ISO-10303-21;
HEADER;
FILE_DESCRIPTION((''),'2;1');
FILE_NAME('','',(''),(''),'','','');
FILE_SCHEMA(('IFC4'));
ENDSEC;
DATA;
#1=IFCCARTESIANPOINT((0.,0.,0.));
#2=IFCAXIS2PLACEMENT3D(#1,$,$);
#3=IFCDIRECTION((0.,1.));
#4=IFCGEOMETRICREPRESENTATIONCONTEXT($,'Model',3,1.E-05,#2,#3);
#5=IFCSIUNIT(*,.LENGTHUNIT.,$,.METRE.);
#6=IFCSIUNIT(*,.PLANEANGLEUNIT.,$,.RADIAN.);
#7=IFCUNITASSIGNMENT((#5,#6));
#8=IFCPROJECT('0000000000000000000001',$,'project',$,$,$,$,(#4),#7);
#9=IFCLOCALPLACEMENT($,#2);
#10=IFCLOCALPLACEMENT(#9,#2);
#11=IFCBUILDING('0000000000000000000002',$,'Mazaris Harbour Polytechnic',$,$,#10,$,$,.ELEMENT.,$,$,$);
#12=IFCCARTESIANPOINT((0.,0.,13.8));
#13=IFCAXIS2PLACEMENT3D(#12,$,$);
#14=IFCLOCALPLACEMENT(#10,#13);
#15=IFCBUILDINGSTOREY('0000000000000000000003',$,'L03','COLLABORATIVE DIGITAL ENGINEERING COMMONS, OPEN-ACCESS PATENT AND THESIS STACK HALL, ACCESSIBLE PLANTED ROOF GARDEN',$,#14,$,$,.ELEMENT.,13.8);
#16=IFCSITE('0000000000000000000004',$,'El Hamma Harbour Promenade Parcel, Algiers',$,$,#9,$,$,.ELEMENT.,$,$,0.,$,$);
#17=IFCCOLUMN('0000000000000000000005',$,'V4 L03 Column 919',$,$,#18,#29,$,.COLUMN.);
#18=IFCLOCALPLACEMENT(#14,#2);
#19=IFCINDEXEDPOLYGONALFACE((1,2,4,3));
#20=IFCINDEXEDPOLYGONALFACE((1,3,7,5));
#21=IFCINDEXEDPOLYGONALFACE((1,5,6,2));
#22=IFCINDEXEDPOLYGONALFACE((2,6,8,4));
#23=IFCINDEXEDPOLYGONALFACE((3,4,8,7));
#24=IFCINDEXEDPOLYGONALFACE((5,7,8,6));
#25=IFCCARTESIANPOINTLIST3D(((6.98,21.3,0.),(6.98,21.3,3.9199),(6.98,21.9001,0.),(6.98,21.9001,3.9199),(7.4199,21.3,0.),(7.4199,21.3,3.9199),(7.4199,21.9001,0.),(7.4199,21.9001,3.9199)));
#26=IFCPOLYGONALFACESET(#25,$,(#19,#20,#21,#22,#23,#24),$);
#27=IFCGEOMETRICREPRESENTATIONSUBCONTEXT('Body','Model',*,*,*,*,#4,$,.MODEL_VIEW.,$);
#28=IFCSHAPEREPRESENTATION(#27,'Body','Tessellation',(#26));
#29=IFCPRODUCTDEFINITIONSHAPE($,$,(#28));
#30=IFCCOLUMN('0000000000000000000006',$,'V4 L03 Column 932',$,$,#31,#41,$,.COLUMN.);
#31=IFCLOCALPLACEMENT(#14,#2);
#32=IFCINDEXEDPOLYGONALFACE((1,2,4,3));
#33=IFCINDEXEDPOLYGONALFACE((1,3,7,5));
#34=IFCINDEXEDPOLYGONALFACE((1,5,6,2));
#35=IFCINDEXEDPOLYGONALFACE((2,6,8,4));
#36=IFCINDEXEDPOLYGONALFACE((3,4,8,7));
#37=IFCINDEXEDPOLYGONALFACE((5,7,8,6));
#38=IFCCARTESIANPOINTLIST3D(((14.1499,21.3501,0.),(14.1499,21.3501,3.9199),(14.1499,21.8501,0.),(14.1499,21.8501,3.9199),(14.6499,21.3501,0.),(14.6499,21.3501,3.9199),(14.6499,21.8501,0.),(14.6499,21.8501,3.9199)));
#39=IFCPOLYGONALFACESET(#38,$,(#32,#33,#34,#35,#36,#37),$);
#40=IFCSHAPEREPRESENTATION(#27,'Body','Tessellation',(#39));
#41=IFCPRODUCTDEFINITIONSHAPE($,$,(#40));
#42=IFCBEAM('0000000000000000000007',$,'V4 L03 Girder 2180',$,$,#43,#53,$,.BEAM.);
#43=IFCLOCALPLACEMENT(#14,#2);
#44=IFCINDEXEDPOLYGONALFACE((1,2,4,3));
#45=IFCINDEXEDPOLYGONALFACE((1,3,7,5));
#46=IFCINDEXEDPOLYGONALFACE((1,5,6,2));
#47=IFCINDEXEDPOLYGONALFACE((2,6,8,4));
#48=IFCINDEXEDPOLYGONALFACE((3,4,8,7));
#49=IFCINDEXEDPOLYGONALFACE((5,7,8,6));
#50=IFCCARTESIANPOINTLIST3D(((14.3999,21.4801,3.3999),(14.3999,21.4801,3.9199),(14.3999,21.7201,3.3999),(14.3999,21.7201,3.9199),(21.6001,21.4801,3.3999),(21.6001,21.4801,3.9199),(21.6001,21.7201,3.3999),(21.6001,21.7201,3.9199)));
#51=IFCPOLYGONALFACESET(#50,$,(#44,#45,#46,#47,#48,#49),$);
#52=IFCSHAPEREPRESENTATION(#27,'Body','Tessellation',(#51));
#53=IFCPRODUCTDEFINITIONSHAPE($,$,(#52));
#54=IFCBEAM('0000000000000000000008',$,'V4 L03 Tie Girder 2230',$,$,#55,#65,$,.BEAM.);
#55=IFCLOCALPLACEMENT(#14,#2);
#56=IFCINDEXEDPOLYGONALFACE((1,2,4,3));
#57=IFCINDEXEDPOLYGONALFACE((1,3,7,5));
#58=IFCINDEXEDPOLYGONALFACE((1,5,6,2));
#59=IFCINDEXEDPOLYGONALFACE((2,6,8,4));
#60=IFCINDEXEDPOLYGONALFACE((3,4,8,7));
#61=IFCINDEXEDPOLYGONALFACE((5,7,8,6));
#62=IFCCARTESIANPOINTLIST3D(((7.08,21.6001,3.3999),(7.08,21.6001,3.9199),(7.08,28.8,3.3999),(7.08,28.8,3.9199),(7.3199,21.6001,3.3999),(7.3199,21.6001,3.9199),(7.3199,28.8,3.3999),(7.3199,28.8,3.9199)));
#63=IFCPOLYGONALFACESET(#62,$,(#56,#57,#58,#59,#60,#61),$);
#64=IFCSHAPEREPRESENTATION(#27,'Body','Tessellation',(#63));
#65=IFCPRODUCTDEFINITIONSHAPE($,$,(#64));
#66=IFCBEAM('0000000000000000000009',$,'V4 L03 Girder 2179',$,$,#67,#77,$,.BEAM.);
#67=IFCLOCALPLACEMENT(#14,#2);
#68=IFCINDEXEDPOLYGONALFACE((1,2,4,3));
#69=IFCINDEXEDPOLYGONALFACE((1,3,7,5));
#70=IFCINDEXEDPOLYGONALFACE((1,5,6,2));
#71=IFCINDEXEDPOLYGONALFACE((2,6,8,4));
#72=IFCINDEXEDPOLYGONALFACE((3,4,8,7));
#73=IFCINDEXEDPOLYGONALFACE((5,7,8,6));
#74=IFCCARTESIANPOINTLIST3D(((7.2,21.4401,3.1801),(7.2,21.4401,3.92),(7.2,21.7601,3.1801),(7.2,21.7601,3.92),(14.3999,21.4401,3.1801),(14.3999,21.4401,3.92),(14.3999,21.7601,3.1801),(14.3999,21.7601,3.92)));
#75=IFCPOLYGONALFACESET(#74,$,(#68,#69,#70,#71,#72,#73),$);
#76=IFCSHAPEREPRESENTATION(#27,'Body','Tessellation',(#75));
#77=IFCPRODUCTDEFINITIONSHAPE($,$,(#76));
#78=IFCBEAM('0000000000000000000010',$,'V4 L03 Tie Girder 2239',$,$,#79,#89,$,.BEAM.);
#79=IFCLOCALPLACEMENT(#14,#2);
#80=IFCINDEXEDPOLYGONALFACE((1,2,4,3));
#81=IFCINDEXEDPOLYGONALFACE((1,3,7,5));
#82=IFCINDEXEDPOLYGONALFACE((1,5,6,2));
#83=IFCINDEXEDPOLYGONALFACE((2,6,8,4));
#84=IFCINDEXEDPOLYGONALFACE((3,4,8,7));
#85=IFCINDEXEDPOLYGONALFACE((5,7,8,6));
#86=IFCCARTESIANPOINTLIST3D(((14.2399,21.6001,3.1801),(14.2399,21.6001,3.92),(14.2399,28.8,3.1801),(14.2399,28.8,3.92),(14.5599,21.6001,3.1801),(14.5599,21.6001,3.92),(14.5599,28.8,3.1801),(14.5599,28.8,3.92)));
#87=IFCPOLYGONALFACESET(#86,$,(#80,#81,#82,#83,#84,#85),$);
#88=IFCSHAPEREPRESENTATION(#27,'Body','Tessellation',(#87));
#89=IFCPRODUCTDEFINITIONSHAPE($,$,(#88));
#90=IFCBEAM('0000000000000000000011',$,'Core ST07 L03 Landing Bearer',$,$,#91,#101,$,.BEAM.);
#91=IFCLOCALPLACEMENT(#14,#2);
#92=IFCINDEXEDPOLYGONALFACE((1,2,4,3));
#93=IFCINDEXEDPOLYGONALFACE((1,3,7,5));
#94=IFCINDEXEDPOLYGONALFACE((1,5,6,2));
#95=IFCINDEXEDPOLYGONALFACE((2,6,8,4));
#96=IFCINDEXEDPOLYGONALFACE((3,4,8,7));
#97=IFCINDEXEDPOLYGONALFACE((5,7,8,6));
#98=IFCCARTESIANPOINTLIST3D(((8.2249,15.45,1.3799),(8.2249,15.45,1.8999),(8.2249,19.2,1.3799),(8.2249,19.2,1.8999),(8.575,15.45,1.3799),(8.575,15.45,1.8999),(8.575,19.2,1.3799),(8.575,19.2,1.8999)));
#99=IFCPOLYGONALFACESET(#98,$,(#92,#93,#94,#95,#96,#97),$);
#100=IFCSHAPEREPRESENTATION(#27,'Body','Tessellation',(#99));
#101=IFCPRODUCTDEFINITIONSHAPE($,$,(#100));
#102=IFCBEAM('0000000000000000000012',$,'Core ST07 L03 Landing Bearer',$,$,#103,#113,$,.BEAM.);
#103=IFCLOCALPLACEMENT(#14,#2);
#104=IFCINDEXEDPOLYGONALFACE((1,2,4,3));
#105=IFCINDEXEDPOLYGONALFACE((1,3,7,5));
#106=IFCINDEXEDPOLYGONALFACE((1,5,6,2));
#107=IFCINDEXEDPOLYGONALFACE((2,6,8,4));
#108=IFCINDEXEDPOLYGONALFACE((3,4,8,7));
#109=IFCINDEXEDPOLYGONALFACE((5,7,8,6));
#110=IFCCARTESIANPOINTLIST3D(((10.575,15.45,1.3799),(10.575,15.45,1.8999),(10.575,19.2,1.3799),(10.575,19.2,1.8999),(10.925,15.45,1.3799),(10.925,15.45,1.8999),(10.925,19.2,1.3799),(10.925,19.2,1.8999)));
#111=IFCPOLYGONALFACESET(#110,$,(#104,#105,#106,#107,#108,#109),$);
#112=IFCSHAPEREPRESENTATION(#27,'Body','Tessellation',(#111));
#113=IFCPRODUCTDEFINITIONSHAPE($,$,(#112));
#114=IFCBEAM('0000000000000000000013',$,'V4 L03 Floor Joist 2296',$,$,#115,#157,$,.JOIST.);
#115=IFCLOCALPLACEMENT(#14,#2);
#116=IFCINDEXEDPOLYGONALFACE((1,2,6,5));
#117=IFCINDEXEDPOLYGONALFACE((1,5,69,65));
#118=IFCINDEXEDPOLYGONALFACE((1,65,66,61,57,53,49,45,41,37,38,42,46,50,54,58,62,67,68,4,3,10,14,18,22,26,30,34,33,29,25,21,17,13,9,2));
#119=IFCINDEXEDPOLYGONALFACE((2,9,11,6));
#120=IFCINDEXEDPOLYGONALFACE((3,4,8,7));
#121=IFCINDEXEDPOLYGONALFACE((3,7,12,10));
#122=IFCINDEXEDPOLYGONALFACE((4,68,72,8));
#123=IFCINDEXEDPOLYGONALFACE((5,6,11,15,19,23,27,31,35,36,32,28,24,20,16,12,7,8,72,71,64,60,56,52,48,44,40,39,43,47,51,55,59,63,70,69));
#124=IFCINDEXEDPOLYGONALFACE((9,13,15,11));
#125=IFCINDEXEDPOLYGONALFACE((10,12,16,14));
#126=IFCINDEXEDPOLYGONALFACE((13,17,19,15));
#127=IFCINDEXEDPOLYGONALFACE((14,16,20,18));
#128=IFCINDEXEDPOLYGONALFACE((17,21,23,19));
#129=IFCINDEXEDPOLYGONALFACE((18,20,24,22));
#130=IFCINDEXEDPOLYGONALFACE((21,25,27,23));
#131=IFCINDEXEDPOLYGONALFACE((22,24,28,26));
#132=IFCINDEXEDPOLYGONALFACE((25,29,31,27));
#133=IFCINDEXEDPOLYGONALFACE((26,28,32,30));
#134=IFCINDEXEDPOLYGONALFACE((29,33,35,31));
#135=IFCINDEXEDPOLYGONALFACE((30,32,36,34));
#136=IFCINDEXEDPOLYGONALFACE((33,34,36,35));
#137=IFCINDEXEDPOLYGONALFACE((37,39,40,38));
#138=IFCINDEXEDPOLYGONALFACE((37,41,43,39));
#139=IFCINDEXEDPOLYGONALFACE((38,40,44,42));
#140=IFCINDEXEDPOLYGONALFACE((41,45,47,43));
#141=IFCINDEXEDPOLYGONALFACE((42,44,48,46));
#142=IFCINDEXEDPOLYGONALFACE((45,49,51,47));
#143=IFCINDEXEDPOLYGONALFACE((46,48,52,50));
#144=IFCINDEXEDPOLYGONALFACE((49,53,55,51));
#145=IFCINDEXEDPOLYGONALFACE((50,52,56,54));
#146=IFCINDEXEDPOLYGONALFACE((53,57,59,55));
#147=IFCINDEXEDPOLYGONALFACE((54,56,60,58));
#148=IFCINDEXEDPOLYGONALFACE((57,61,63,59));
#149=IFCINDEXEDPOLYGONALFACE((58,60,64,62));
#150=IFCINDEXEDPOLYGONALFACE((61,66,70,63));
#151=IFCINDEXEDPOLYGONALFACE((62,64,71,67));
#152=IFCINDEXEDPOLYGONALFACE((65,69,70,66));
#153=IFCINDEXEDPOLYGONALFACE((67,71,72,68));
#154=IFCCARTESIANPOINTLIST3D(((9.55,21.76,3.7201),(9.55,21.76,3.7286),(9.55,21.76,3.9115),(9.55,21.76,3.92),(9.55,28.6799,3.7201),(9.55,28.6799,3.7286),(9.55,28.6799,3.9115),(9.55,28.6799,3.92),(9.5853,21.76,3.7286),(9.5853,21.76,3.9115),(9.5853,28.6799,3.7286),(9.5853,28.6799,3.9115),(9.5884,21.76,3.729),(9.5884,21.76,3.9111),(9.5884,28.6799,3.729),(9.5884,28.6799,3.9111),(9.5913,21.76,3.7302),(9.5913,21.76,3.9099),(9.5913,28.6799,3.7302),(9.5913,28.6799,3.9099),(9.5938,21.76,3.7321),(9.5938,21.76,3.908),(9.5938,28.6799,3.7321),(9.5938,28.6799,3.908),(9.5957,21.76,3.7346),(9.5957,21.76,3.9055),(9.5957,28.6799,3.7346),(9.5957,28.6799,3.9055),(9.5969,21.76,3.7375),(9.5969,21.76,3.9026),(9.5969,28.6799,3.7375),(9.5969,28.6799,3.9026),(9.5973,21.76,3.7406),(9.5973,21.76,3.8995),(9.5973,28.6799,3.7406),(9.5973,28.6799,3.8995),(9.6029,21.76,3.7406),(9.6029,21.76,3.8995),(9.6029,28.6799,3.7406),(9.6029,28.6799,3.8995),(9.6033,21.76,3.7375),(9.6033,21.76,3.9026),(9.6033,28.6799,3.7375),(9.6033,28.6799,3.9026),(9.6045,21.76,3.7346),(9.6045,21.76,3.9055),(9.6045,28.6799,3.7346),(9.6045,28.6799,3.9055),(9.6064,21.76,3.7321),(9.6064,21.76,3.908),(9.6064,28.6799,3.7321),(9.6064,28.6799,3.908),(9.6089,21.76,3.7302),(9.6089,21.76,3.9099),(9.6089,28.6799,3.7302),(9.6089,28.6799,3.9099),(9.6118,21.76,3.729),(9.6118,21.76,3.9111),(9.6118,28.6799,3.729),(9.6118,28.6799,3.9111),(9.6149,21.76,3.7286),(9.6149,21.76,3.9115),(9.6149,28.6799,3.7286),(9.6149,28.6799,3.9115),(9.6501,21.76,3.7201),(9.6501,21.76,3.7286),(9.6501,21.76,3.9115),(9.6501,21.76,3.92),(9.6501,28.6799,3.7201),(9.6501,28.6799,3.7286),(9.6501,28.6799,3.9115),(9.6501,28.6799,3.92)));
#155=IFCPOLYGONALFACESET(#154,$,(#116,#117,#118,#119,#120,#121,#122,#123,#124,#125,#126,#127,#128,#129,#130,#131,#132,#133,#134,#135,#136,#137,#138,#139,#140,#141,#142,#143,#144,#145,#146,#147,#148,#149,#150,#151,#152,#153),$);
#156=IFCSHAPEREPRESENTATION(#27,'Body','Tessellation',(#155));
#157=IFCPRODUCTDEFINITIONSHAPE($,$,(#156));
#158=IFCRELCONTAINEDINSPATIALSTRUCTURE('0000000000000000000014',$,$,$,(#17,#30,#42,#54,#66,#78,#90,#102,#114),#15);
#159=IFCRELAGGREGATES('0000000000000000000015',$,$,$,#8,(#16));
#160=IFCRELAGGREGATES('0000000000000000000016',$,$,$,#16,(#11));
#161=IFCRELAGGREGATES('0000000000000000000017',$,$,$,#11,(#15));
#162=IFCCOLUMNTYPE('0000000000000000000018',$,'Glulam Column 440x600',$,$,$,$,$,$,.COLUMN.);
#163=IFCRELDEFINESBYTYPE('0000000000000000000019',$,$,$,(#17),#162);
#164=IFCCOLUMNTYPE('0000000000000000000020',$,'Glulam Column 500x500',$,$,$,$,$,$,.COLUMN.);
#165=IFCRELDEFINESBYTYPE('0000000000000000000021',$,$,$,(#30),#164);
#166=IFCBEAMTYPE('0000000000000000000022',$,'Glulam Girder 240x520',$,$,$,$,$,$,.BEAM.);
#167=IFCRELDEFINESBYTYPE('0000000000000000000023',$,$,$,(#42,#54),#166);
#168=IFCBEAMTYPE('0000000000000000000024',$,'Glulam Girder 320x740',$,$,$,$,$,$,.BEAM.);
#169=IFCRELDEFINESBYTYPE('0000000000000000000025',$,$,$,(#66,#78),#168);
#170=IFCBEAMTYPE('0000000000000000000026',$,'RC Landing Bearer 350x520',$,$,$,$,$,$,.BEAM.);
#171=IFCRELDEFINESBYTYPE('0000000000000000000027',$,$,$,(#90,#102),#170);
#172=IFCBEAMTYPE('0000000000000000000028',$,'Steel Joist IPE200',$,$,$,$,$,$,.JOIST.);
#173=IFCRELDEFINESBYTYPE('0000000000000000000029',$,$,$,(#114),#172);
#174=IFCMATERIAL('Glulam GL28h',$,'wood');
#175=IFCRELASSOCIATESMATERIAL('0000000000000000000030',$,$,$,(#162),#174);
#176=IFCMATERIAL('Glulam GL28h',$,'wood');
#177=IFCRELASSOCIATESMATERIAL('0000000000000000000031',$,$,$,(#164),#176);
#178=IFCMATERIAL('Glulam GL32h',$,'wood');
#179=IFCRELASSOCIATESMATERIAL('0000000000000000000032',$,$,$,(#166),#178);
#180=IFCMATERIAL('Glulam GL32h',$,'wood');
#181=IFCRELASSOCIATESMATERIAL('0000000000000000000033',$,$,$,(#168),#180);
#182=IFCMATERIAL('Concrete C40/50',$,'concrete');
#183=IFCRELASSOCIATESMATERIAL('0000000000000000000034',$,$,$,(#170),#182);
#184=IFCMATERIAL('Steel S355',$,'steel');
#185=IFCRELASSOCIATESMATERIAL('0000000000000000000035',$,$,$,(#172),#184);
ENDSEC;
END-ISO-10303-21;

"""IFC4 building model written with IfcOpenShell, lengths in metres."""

from ifc_helpers import new_model, si_unit, direction, frame, origin, origin_2d, place, context, subcontext, project, spatial, rectangle, i_section, extrude, material, material_profile, profile_set, type_object, element, save


model = new_model("IFC4")

# Units and contexts
model_context = context("Model", 3, precision=1e-05, world=origin(), true_north=direction((0.0, 1.0)))
body_context = subcontext(model_context, "Body", "Model", "MODEL_VIEW")
ifc_project = project(units=[si_unit("LENGTHUNIT", "METRE"), si_unit("PLANEANGLEUNIT", "RADIAN")], contexts=[model_context])

# Site, building, storey
site_placement = place(None, origin())
site = spatial("IfcSite", under=ifc_project, at=site_placement, Name="El Hamma Harbour Promenade Parcel, Algiers", CompositionType="ELEMENT", RefElevation=0.0)
building_placement = place(site_placement, origin())
building = spatial("IfcBuilding", under=site, at=building_placement, Name="Mazaris Harbour Polytechnic", CompositionType="ELEMENT")
storey_placement = place(building_placement, frame((0.0, 0.0, 13.8)))
storey = spatial("IfcBuildingStorey", under=building, at=storey_placement, Name="L03", Description="COLLABORATIVE DIGITAL ENGINEERING COMMONS, OPEN-ACCESS PATENT AND THESIS STACK HALL, ACCESSIBLE PLANTED ROOF GARDEN", CompositionType="ELEMENT", Elevation=13.8)

# Columns
ifc_material_1 = material(Name="Glulam GL28h", Category="wood")
ifc_material_profile_1 = material_profile(ifc_material_1, rectangle(XDim=0.4399, YDim=0.6001, at=origin_2d()), Name="RECT440x600")
ifc_profile_set_1 = profile_set([ifc_material_profile_1], Name="Glulam GL28h")
column_type_1 = type_object("IfcColumnType", Name="Glulam Column 440x600", PredefinedType="COLUMN", material=ifc_profile_set_1)
column_1_placement = place(storey_placement, frame((7.2, 21.6001, 0.0), z_axis=(0.0, 0.0, 1.0), x_axis=(1.0, 0.0, 0.0)))
element("IfcColumn", 1, at=column_1_placement, inside=storey, type_object=column_type_1, Name="V4 L03 Column 919", PredefinedType="COLUMN", context=body_context, shape_type="SweptSolid", body=[
    extrude(rectangle(XDim=0.4399, YDim=0.6001, at=origin_2d()), origin(), (0.0, 0.0, 1.0), 3.9199),
])
ifc_material_2 = material(Name="Glulam GL28h", Category="wood")
ifc_material_profile_2 = material_profile(ifc_material_2, rectangle(XDim=0.5, YDim=0.5, at=origin_2d()), Name="RECT500x500")
ifc_profile_set_2 = profile_set([ifc_material_profile_2], Name="Glulam GL28h")
column_type_2 = type_object("IfcColumnType", Name="Glulam Column 500x500", PredefinedType="COLUMN", material=ifc_profile_set_2)
column_2_placement = place(storey_placement, frame((14.3999, 21.6001, 0.0), z_axis=(0.0, 0.0, 1.0), x_axis=(1.0, 0.0, 0.0)))
element("IfcColumn", 2, at=column_2_placement, inside=storey, type_object=column_type_2, Name="V4 L03 Column 932", PredefinedType="COLUMN", context=body_context, shape_type="SweptSolid", body=[
    extrude(rectangle(XDim=0.5, YDim=0.5, at=origin_2d()), origin(), (0.0, 0.0, 1.0), 3.9199),
])

# Beams
ifc_material_3 = material(Name="Glulam GL32h", Category="wood")
ifc_material_profile_3 = material_profile(ifc_material_3, rectangle(XDim=0.24, YDim=0.52, at=origin_2d()), Name="RECT240x520")
ifc_profile_set_3 = profile_set([ifc_material_profile_3], Name="Glulam GL32h")
beam_type_1 = type_object("IfcBeamType", Name="Glulam Girder 240x520", PredefinedType="BEAM", material=ifc_profile_set_3)
beam_1_placement = place(storey_placement, frame((14.3999, 21.6001, 3.6599), z_axis=(1.0, 0.0, 0.0), x_axis=(0.0, 1.0, 0.0)))
element("IfcBeam", 3, at=beam_1_placement, inside=storey, type_object=beam_type_1, Name="V4 L03 Girder 2180", PredefinedType="BEAM", context=body_context, shape_type="SweptSolid", body=[
    extrude(rectangle(XDim=0.24, YDim=0.52, at=origin_2d()), origin(), (0.0, 0.0, 1.0), 7.2002),
])
beam_2_placement = place(storey_placement, frame((7.2, 21.6001, 3.6599), z_axis=(0.0, 1.0, 0.0), x_axis=(-1.0, 0.0, 0.0)))
element("IfcBeam", 4, at=beam_2_placement, inside=storey, type_object=beam_type_1, Name="V4 L03 Tie Girder 2230", PredefinedType="BEAM", context=body_context, shape_type="SweptSolid", body=[
    extrude(rectangle(XDim=0.24, YDim=0.52, at=origin_2d()), origin(), (0.0, 0.0, 1.0), 7.2),
])
ifc_material_4 = material(Name="Glulam GL32h", Category="wood")
ifc_material_profile_4 = material_profile(ifc_material_4, rectangle(XDim=0.3201, YDim=0.74, at=origin_2d()), Name="RECT320x740")
ifc_profile_set_4 = profile_set([ifc_material_profile_4], Name="Glulam GL32h")
beam_type_2 = type_object("IfcBeamType", Name="Glulam Girder 320x740", PredefinedType="BEAM", material=ifc_profile_set_4)
for number, where, z_axis, x_axis, name in (
    (5, (7.2, 21.6001, 3.55), (1.0, 0.0, 0.0), (0.0, 1.0, 0.0), "V4 L03 Girder 2179"),
    (6, (14.3999, 21.6001, 3.55), (0.0, 1.0, 0.0), (-1.0, 0.0, 0.0), "V4 L03 Tie Girder 2239"),
):
    element("IfcBeam", number, at=place(storey_placement, frame(where, z_axis=z_axis, x_axis=x_axis)), inside=storey, type_object=beam_type_2, Name=name, PredefinedType="BEAM", context=body_context, shape_type="SweptSolid", body=[
        extrude(rectangle(XDim=0.3201, YDim=0.74, at=origin_2d()), origin(), (0.0, 0.0, 1.0), 7.2),
    ])
ifc_material_5 = material(Name="Concrete C40/50", Category="concrete")
ifc_material_profile_5 = material_profile(ifc_material_5, rectangle(XDim=0.3501, YDim=0.52, at=origin_2d()), Name="RECT350x520")
ifc_profile_set_5 = profile_set([ifc_material_profile_5], Name="Concrete C40/50")
beam_type_3 = type_object("IfcBeamType", Name="RC Landing Bearer 350x520", PredefinedType="BEAM", material=ifc_profile_set_5)
for number, where, z_axis, x_axis, name in (
    (7, (8.3999, 15.45, 1.6399), (0.0, 1.0, 0.0), (-1.0, 0.0, 0.0), "Core ST07 L03 Landing Bearer"),
    (8, (10.75, 15.45, 1.6399), (0.0, 1.0, 0.0), (-1.0, 0.0, 0.0), "Core ST07 L03 Landing Bearer"),
):
    element("IfcBeam", number, at=place(storey_placement, frame(where, z_axis=z_axis, x_axis=x_axis)), inside=storey, type_object=beam_type_3, Name=name, PredefinedType="BEAM", context=body_context, shape_type="SweptSolid", body=[
        extrude(rectangle(XDim=0.3501, YDim=0.52, at=origin_2d()), origin(), (0.0, 0.0, 1.0), 3.75),
    ])
ifc_material_6 = material(Name="Steel S355", Category="steel")
ifc_material_profile_6 = material_profile(ifc_material_6, i_section(OverallWidth=0.1001, OverallDepth=0.2, WebThickness=0.0056, FlangeThickness=0.0085, FilletRadius=0.012, at=origin_2d()), Name="IPE 200")
ifc_profile_set_6 = profile_set([ifc_material_profile_6], Name="Steel S355")
beam_type_4 = type_object("IfcBeamType", Name="Steel Joist IPE200", PredefinedType="JOIST", material=ifc_profile_set_6)
for number, where, z_axis, x_axis, name in (
    (9, (9.6001, 21.76, 3.8201), (0.0, 1.0, 0.0), (-1.0, 0.0, 0.0), "V4 L03 Floor Joist 2296"),
):
    element("IfcBeam", number, at=place(storey_placement, frame(where, z_axis=z_axis, x_axis=x_axis)), inside=storey, type_object=beam_type_4, Name=name, PredefinedType="JOIST", context=body_context, shape_type="SweptSolid", body=[
        extrude(i_section(OverallWidth=0.1001, OverallDepth=0.2, WebThickness=0.0056, FlangeThickness=0.0085, FilletRadius=0.012, at=origin_2d()), origin(), (0.0, 0.0, 1.0), 6.9199),
    ])

save(model, "model.ifc")
